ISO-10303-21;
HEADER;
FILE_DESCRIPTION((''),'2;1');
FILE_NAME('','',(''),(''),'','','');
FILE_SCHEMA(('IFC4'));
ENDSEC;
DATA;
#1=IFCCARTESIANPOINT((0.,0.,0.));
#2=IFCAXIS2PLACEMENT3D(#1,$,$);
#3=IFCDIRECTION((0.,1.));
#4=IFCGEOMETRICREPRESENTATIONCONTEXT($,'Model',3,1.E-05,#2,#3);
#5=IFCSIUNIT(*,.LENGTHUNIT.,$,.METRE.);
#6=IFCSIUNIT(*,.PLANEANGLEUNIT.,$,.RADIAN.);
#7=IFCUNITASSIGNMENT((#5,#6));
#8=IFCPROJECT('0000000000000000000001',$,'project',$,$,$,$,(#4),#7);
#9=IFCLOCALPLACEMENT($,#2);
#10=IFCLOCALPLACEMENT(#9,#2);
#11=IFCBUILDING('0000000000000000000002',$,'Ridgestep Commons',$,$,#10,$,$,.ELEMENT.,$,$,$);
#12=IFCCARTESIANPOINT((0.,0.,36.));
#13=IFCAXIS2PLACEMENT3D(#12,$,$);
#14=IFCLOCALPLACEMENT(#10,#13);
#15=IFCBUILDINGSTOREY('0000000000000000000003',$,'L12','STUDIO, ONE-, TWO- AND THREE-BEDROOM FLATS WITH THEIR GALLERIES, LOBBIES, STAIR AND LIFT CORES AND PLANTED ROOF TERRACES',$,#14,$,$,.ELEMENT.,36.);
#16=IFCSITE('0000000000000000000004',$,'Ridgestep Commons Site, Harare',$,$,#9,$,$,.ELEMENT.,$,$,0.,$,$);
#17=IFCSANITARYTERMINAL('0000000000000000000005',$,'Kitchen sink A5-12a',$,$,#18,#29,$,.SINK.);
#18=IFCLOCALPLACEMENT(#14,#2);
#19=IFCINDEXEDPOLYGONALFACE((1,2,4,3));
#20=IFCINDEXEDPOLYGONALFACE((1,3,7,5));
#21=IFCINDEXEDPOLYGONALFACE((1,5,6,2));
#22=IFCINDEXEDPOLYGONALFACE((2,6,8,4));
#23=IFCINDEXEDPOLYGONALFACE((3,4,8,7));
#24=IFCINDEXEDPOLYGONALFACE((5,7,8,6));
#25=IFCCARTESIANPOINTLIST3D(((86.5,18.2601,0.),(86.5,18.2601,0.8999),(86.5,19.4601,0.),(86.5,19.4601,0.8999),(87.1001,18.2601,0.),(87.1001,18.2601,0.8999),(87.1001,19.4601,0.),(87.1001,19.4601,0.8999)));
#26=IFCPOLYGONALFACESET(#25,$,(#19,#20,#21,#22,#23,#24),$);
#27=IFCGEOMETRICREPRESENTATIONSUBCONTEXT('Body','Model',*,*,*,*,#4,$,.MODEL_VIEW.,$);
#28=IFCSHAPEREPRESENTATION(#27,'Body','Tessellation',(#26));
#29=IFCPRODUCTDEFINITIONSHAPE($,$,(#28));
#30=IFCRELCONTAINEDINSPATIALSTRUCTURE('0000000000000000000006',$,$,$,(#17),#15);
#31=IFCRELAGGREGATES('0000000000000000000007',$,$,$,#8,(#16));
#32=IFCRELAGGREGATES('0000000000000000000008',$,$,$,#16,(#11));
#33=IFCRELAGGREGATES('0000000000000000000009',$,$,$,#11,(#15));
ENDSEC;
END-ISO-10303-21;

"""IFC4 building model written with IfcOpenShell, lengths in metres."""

from ifc_helpers import new_model, si_unit, direction, frame, origin, origin_2d, place, context, subcontext, project, spatial, rectangle, extrude, element, save


model = new_model("IFC4")

# Units and contexts
model_context = context("Model", 3, precision=1e-05, world=origin(), true_north=direction((0.0, 1.0)))
body_context = subcontext(model_context, "Body", "Model", "MODEL_VIEW")
ifc_project = project(units=[si_unit("LENGTHUNIT", "METRE"), si_unit("PLANEANGLEUNIT", "RADIAN")], contexts=[model_context])

# Site, building, storey
site_placement = place(None, origin())
site = spatial("IfcSite", under=ifc_project, at=site_placement, Name="Ridgestep Commons Site, Harare", CompositionType="ELEMENT", RefElevation=0.0)
building_placement = place(site_placement, origin())
building = spatial("IfcBuilding", under=site, at=building_placement, Name="Ridgestep Commons", CompositionType="ELEMENT")
storey_placement = place(building_placement, frame((0.0, 0.0, 36.0)))
storey = spatial("IfcBuildingStorey", under=building, at=storey_placement, Name="L12", Description="STUDIO, ONE-, TWO- AND THREE-BEDROOM FLATS WITH THEIR GALLERIES, LOBBIES, STAIR AND LIFT CORES AND PLANTED ROOF TERRACES", CompositionType="ELEMENT", Elevation=36.0)

# Sanitary terminal
sanitary_terminal_1_placement = place(storey_placement, frame((86.8, 18.8601, 0.0), z_axis=(0.0, 0.0, 1.0), x_axis=(1.0, 0.0, 0.0)))
element("IfcSanitaryTerminal", 1, at=sanitary_terminal_1_placement, inside=storey, Name="Kitchen sink A5-12a", PredefinedType="SINK", context=body_context, shape_type="SweptSolid", body=[
    extrude(rectangle(XDim=0.6001, YDim=1.2, at=origin_2d()), origin(), (0.0, 0.0, 1.0), 0.8999),
])

save(model, "model.ifc")
